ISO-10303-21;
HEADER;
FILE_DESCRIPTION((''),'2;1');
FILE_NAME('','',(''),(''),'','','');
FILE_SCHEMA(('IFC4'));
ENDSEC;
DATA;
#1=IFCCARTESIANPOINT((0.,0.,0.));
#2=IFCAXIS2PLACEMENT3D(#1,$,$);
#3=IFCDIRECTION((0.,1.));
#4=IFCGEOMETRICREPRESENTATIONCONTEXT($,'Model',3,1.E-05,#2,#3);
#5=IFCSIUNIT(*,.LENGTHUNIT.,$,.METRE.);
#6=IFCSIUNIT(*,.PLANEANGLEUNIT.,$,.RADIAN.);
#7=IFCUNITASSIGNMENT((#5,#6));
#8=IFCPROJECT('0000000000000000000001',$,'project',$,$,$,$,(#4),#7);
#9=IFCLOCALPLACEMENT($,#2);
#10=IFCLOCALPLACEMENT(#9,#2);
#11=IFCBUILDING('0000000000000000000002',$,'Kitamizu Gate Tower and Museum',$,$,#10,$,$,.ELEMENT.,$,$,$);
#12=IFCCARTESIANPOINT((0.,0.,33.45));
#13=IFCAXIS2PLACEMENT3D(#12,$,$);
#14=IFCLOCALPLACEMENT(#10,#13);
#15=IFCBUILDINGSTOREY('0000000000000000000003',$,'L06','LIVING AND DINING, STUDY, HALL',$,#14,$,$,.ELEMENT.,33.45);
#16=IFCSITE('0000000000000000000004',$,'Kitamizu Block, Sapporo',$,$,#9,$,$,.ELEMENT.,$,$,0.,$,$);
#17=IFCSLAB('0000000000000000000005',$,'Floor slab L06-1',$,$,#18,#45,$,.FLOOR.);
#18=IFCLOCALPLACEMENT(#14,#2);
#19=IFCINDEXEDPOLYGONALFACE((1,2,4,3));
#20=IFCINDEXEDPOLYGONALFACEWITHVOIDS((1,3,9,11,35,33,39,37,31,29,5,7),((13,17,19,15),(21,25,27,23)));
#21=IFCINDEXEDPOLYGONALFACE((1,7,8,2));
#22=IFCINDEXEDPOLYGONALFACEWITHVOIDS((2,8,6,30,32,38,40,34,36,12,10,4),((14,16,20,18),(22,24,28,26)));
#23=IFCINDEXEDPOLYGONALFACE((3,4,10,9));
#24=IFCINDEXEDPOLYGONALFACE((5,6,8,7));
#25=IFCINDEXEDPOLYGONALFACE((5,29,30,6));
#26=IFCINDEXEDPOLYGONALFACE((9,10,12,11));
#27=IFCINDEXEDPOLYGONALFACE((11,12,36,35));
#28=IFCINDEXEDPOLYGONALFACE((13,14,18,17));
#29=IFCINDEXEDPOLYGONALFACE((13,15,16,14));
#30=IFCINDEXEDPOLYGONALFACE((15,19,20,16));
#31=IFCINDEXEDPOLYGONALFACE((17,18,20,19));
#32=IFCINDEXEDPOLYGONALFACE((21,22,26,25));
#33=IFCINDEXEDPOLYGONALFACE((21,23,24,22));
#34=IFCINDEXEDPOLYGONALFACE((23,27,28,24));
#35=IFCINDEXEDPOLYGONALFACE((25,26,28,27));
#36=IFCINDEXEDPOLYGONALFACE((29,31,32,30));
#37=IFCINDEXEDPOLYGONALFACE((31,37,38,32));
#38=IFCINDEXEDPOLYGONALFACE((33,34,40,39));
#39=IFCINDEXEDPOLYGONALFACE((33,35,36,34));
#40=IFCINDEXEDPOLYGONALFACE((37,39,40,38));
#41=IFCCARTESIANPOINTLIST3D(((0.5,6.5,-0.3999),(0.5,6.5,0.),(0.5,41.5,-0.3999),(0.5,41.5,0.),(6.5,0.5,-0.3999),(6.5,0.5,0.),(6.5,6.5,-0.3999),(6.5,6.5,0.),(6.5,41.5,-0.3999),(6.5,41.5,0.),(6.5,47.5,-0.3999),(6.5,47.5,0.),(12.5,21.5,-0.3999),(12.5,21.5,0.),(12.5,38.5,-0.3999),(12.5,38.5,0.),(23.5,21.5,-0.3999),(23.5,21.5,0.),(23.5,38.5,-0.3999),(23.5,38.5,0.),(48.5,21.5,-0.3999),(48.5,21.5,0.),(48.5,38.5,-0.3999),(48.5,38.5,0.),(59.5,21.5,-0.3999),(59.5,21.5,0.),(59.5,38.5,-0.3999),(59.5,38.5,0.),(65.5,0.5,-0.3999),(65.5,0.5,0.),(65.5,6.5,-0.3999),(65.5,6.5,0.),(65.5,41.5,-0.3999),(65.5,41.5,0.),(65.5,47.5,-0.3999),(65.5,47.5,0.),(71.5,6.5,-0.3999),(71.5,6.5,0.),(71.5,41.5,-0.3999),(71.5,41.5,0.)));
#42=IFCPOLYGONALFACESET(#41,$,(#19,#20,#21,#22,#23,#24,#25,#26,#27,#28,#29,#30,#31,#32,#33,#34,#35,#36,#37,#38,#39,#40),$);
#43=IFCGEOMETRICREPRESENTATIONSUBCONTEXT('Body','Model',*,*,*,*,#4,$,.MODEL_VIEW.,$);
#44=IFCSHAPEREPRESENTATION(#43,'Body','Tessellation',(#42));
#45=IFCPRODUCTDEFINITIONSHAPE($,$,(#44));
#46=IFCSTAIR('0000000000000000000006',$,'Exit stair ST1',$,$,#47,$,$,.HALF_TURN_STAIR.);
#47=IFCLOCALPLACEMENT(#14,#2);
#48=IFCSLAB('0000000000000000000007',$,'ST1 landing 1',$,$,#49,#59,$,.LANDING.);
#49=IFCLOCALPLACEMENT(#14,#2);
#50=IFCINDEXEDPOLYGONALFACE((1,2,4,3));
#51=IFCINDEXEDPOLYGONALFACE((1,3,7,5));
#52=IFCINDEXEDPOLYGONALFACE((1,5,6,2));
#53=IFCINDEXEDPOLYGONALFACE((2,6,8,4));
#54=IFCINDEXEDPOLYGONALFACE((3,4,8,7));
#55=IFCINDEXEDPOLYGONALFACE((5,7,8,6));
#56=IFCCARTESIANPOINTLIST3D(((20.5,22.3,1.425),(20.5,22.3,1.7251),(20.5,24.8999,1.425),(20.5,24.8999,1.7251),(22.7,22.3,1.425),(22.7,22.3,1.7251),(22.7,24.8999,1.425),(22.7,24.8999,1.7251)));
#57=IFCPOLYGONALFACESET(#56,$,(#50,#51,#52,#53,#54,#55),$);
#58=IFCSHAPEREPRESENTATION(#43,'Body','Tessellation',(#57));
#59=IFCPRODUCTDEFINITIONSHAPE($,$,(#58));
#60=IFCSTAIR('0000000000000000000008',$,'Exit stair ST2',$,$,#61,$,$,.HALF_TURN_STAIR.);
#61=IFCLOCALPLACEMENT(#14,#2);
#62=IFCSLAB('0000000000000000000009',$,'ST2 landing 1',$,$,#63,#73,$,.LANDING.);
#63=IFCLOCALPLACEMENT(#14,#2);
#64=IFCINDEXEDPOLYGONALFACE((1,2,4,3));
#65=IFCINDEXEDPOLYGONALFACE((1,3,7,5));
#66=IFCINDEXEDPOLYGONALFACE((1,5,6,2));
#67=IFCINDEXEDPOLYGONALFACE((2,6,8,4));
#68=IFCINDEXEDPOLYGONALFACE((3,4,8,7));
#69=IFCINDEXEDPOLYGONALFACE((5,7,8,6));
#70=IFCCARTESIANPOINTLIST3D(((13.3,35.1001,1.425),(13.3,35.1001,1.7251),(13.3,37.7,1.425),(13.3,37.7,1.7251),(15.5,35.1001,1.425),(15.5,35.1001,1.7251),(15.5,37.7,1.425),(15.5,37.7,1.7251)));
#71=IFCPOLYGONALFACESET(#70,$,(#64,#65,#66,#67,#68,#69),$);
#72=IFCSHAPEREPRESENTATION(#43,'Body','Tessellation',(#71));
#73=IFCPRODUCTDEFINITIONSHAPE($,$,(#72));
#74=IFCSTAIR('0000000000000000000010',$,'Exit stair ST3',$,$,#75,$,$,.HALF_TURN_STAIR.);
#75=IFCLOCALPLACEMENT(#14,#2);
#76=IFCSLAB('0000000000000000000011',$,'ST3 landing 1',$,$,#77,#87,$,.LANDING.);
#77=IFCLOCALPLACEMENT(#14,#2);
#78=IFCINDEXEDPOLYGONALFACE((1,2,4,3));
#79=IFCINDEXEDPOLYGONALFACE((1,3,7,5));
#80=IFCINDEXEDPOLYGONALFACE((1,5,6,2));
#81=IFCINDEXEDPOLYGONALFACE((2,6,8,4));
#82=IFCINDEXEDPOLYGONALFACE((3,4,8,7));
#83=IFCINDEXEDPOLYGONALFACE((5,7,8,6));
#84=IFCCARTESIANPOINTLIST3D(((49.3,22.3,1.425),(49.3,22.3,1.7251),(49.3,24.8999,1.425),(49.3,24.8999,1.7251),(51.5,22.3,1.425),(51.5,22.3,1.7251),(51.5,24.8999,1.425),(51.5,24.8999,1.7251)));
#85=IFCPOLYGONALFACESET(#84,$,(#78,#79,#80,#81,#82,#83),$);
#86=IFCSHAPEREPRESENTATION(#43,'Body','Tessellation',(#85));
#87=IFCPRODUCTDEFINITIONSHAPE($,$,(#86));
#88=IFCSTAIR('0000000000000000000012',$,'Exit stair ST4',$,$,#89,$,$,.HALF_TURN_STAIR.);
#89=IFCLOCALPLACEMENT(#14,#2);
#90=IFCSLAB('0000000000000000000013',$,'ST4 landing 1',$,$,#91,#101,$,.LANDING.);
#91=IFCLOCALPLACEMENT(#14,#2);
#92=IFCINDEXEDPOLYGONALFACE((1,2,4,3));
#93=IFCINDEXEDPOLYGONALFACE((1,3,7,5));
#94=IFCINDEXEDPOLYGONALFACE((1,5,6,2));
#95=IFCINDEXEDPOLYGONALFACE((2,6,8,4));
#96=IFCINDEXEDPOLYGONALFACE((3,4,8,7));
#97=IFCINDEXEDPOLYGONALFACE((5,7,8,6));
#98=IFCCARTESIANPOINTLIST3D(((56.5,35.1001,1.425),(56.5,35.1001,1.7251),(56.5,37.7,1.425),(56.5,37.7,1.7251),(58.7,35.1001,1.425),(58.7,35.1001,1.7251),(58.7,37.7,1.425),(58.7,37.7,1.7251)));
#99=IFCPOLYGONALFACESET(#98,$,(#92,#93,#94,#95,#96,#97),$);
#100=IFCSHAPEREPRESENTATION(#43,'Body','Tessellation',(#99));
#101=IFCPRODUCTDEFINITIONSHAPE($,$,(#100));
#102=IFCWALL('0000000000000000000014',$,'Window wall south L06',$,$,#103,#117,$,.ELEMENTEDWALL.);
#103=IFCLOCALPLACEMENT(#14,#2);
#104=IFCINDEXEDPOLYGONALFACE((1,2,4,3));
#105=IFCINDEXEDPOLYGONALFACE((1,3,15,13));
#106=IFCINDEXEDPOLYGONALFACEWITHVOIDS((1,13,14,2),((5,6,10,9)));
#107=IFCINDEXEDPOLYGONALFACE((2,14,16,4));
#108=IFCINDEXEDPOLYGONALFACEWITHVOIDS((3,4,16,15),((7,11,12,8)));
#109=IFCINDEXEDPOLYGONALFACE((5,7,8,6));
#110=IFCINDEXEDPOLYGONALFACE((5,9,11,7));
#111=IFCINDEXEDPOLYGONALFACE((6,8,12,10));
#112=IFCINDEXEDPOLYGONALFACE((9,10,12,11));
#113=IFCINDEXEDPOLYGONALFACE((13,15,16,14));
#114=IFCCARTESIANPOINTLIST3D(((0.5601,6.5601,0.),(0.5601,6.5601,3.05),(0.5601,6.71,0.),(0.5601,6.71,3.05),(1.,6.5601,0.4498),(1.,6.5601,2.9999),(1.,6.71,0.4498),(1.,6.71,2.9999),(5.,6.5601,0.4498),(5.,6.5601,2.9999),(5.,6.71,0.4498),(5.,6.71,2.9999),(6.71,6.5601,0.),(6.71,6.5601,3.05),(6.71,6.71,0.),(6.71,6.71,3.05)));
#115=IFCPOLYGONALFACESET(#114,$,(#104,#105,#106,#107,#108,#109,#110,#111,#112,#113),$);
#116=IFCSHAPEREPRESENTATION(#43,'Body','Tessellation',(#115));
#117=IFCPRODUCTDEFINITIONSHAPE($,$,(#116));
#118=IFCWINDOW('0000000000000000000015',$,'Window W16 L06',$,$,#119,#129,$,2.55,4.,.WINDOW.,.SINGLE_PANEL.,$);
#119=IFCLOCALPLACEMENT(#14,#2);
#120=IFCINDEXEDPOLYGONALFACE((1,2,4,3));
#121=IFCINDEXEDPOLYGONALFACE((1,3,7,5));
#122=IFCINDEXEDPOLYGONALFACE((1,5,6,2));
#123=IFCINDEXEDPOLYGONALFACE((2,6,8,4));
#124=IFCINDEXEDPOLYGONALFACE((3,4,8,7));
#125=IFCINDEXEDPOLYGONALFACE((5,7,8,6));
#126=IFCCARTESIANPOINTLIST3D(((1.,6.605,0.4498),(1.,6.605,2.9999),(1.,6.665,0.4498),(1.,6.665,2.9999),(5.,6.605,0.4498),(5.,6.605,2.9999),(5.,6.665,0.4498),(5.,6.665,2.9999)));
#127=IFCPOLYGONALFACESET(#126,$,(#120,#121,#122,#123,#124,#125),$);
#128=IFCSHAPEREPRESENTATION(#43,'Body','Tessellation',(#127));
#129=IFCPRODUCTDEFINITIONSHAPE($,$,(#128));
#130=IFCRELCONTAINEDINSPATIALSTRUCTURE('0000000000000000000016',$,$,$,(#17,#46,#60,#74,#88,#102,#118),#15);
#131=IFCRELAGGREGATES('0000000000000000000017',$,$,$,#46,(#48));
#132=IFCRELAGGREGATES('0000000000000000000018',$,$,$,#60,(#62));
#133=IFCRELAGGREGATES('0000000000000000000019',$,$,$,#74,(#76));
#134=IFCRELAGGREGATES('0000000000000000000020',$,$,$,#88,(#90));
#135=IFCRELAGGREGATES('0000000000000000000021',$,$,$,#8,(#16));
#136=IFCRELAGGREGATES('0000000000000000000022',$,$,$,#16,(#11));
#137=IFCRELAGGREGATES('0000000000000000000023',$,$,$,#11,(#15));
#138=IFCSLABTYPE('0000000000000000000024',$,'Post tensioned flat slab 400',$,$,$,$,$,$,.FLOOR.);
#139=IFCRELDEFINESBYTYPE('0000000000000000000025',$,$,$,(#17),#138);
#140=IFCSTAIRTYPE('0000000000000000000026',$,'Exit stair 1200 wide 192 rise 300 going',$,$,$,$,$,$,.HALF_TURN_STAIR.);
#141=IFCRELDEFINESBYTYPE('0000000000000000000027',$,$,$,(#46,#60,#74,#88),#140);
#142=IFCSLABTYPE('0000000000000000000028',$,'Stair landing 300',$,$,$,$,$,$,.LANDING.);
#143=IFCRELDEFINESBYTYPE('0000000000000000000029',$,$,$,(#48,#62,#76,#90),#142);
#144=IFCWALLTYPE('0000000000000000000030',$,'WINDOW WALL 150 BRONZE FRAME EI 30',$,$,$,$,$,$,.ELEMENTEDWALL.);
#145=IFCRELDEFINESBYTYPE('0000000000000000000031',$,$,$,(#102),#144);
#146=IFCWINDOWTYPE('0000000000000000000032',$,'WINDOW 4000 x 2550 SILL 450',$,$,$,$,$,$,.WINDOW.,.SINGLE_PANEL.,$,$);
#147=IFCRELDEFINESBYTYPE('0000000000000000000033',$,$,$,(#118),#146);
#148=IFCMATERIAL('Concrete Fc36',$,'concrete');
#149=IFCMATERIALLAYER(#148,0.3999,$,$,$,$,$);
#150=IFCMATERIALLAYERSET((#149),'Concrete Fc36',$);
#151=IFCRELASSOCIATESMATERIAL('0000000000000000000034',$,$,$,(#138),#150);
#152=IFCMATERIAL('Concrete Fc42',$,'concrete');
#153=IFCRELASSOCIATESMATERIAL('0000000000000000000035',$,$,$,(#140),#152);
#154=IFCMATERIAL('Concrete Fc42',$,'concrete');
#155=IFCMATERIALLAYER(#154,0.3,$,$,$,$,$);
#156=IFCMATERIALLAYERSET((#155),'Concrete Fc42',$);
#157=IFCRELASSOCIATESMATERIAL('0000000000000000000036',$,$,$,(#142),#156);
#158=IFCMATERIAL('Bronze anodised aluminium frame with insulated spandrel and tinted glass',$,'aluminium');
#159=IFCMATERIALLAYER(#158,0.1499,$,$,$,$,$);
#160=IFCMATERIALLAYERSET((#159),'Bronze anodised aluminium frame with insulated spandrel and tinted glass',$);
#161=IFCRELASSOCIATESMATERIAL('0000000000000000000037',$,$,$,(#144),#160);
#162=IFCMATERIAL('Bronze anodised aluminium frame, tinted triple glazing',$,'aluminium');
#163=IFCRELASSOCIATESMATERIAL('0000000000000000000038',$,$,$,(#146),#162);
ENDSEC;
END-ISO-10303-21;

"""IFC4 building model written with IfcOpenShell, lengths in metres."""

from ifc_helpers import new_model, si_unit, direction, frame, frame_2d, origin, place, context, subcontext, project, spatial, polyline, rectangle, outline, extrude, material, layer, layer_set, type_object, element, fill, aggregate, save


model = new_model("IFC4")

# Units and contexts
model_context = context("Model", 3, precision=1e-05, world=origin(), true_north=direction((0.0, 1.0)))
body_context = subcontext(model_context, "Body", "Model", "MODEL_VIEW")
ifc_project = project(units=[si_unit("LENGTHUNIT", "METRE"), si_unit("PLANEANGLEUNIT", "RADIAN")], contexts=[model_context])

# Site, building, storey
site_placement = place(None, origin())
site = spatial("IfcSite", under=ifc_project, at=site_placement, Name="Kitamizu Block, Sapporo", CompositionType="ELEMENT", RefElevation=0.0)
building_placement = place(site_placement, origin())
building = spatial("IfcBuilding", under=site, at=building_placement, Name="Kitamizu Gate Tower and Museum", CompositionType="ELEMENT")
storey_placement = place(building_placement, frame((0.0, 0.0, 33.45)))
storey = spatial("IfcBuildingStorey", under=building, at=storey_placement, Name="L06", Description="LIVING AND DINING, STUDY, HALL", CompositionType="ELEMENT", Elevation=33.45)

# Slab
ifc_material_1 = material(Name="Concrete Fc36", Category="concrete")
ifc_layer_1 = layer(ifc_material_1, 0.3999)
ifc_layer_set_1 = layer_set([ifc_layer_1], Name="Concrete Fc36")
slab_type_1 = type_object("IfcSlabType", Name="Post tensioned flat slab 400", PredefinedType="FLOOR", material=ifc_layer_set_1)
slab_1_placement = place(storey_placement, frame((0.0, 0.0, -0.3999)))
element("IfcSlab", 1, at=slab_1_placement, inside=storey, type_object=slab_type_1, Name="Floor slab L06-1", PredefinedType="FLOOR", context=body_context, shape_type="SweptSolid", body=[
    extrude(outline(polyline([(0.5, 6.5), (0.5, 41.5), (6.5, 41.5), (6.5, 47.5), (65.5, 47.5), (65.5, 41.5), (71.5, 41.5), (71.5, 6.5), (65.5, 6.5), (65.5, 0.5), (6.5, 0.5), (6.5, 6.5), (0.5, 6.5)]), holes=[polyline([(59.5, 38.5), (48.5, 38.5), (48.5, 21.5), (59.5, 21.5), (59.5, 38.5)]), polyline([(12.5, 38.5), (12.5, 21.5), (23.5, 21.5), (23.5, 38.5), (12.5, 38.5)])]), origin(), (0.0, 0.0, 1.0), 0.3999),
])

# Stairs, slabs
ifc_material_2 = material(Name="Concrete Fc42", Category="concrete")
stair_type = type_object("IfcStairType", Name="Exit stair 1200 wide 192 rise 300 going", PredefinedType="HALF_TURN_STAIR", material=ifc_material_2)
stair_1_placement = place(storey_placement, origin())
stair_1 = element("IfcStair", 2, at=stair_1_placement, inside=storey, type_object=stair_type, Name="Exit stair ST1", PredefinedType="HALF_TURN_STAIR")
ifc_material_3 = material(Name="Concrete Fc42", Category="concrete")
ifc_layer_2 = layer(ifc_material_3, 0.3)
ifc_layer_set_2 = layer_set([ifc_layer_2], Name="Concrete Fc42")
slab_type_2 = type_object("IfcSlabType", Name="Stair landing 300", PredefinedType="LANDING", material=ifc_layer_set_2)
slab_2_placement = place(storey_placement, frame((0.0, 0.0, 1.425)))
slab_2 = element("IfcSlab", 3, at=slab_2_placement, type_object=slab_type_2, Name="ST1 landing 1", PredefinedType="LANDING", context=body_context, shape_type="SweptSolid", body=[
    extrude(outline(polyline([(20.5, 22.3), (22.7, 22.3), (22.7, 24.8999), (20.5, 24.8999), (20.5, 22.3)])), origin(), (0.0, 0.0, 1.0), 0.3),
])
aggregate(stair_1, [slab_2])
stair_2_placement = place(storey_placement, origin())
stair_2 = element("IfcStair", 4, at=stair_2_placement, inside=storey, type_object=stair_type, Name="Exit stair ST2", PredefinedType="HALF_TURN_STAIR")
slab_3_placement = place(storey_placement, frame((0.0, 0.0, 1.425)))
slab_3 = element("IfcSlab", 5, at=slab_3_placement, type_object=slab_type_2, Name="ST2 landing 1", PredefinedType="LANDING", context=body_context, shape_type="SweptSolid", body=[
    extrude(outline(polyline([(13.3, 35.1001), (15.5, 35.1001), (15.5, 37.7), (13.3, 37.7), (13.3, 35.1001)])), origin(), (0.0, 0.0, 1.0), 0.3),
])
aggregate(stair_2, [slab_3])
stair_3_placement = place(storey_placement, origin())
stair_3 = element("IfcStair", 6, at=stair_3_placement, inside=storey, type_object=stair_type, Name="Exit stair ST3", PredefinedType="HALF_TURN_STAIR")
slab_4_placement = place(storey_placement, frame((0.0, 0.0, 1.425)))
slab_4 = element("IfcSlab", 7, at=slab_4_placement, type_object=slab_type_2, Name="ST3 landing 1", PredefinedType="LANDING", context=body_context, shape_type="SweptSolid", body=[
    extrude(outline(polyline([(49.3, 22.3), (51.5, 22.3), (51.5, 24.8999), (49.3, 24.8999), (49.3, 22.3)])), origin(), (0.0, 0.0, 1.0), 0.3),
])
aggregate(stair_3, [slab_4])
stair_4_placement = place(storey_placement, origin())
stair_4 = element("IfcStair", 8, at=stair_4_placement, inside=storey, type_object=stair_type, Name="Exit stair ST4", PredefinedType="HALF_TURN_STAIR")
slab_5_placement = place(storey_placement, frame((0.0, 0.0, 1.425)))
slab_5 = element("IfcSlab", 9, at=slab_5_placement, type_object=slab_type_2, Name="ST4 landing 1", PredefinedType="LANDING", context=body_context, shape_type="SweptSolid", body=[
    extrude(outline(polyline([(56.5, 35.1001), (58.7, 35.1001), (58.7, 37.7), (56.5, 37.7), (56.5, 35.1001)])), origin(), (0.0, 0.0, 1.0), 0.3),
])
aggregate(stair_4, [slab_5])

# Shared definitions
ifc_material_4 = material(Name="Bronze anodised aluminium frame with insulated spandrel and tinted glass", Category="aluminium")
ifc_layer_3 = layer(ifc_material_4, 0.1499)
ifc_layer_set_3 = layer_set([ifc_layer_3], Name="Bronze anodised aluminium frame with insulated spandrel and tinted glass")
wall_type = type_object("IfcWallType", Name="WINDOW WALL 150 BRONZE FRAME EI 30", PredefinedType="ELEMENTEDWALL", material=ifc_layer_set_3)

# Wall, opening, window
wall_1_placement = place(storey_placement, frame((0.5601, 6.635, 0.0), z_axis=(0.0, 0.0, 1.0), x_axis=(1.0, 0.0, 0.0)))
wall_1 = element("IfcWall", 10, at=wall_1_placement, inside=storey, type_object=wall_type, Name="Window wall south L06", PredefinedType="ELEMENTEDWALL", context=body_context, shape_type="SweptSolid", body=[
    extrude(rectangle(XDim=6.1499, YDim=0.1499, at=frame_2d((3.075, 0.0))), origin(), (0.0, 0.0, 1.0), 3.05),
])
opening_1_placement = place(wall_1_placement, frame((0.4399, 0.0, 0.45)))
opening_1 = element("IfcOpeningElement", 11, at=opening_1_placement, cuts=wall_1, PredefinedType="OPENING", context=body_context, shape_type="SweptSolid", body=[
    extrude(rectangle(XDim=4.0, YDim=2.55, at=frame_2d((2.0, 1.2749))), frame((0.0, 0.085, 0.0), z_axis=(0.0, -1.0, 0.0), x_axis=(1.0, 0.0, 0.0)), (0.0, 0.0, 1.0), 0.1699),
])
ifc_material_5 = material(Name="Bronze anodised aluminium frame, tinted triple glazing", Category="aluminium")
window_type_1 = type_object("IfcWindowType", Name="WINDOW 4000 x 2550 SILL 450", PartitioningType="SINGLE_PANEL", PredefinedType="WINDOW", material=ifc_material_5)
window_1_placement = place(opening_1_placement, origin())
window_1 = element("IfcWindow", 12, at=window_1_placement, inside=storey, type_object=window_type_1, Name="Window W16 L06", OverallHeight=2.55, OverallWidth=4.0, PartitioningType="SINGLE_PANEL", PredefinedType="WINDOW", context=body_context, shape_type="SweptSolid", body=[
    extrude(rectangle(XDim=4.0, YDim=2.55, at=frame_2d((2.0, 1.2749))), frame((0.0, 0.03, 0.0), z_axis=(0.0, -1.0, 0.0), x_axis=(1.0, 0.0, 0.0)), (0.0, 0.0, 1.0), 0.0601),
])
fill(opening_1, window_1)

save(model, "model.ifc")
